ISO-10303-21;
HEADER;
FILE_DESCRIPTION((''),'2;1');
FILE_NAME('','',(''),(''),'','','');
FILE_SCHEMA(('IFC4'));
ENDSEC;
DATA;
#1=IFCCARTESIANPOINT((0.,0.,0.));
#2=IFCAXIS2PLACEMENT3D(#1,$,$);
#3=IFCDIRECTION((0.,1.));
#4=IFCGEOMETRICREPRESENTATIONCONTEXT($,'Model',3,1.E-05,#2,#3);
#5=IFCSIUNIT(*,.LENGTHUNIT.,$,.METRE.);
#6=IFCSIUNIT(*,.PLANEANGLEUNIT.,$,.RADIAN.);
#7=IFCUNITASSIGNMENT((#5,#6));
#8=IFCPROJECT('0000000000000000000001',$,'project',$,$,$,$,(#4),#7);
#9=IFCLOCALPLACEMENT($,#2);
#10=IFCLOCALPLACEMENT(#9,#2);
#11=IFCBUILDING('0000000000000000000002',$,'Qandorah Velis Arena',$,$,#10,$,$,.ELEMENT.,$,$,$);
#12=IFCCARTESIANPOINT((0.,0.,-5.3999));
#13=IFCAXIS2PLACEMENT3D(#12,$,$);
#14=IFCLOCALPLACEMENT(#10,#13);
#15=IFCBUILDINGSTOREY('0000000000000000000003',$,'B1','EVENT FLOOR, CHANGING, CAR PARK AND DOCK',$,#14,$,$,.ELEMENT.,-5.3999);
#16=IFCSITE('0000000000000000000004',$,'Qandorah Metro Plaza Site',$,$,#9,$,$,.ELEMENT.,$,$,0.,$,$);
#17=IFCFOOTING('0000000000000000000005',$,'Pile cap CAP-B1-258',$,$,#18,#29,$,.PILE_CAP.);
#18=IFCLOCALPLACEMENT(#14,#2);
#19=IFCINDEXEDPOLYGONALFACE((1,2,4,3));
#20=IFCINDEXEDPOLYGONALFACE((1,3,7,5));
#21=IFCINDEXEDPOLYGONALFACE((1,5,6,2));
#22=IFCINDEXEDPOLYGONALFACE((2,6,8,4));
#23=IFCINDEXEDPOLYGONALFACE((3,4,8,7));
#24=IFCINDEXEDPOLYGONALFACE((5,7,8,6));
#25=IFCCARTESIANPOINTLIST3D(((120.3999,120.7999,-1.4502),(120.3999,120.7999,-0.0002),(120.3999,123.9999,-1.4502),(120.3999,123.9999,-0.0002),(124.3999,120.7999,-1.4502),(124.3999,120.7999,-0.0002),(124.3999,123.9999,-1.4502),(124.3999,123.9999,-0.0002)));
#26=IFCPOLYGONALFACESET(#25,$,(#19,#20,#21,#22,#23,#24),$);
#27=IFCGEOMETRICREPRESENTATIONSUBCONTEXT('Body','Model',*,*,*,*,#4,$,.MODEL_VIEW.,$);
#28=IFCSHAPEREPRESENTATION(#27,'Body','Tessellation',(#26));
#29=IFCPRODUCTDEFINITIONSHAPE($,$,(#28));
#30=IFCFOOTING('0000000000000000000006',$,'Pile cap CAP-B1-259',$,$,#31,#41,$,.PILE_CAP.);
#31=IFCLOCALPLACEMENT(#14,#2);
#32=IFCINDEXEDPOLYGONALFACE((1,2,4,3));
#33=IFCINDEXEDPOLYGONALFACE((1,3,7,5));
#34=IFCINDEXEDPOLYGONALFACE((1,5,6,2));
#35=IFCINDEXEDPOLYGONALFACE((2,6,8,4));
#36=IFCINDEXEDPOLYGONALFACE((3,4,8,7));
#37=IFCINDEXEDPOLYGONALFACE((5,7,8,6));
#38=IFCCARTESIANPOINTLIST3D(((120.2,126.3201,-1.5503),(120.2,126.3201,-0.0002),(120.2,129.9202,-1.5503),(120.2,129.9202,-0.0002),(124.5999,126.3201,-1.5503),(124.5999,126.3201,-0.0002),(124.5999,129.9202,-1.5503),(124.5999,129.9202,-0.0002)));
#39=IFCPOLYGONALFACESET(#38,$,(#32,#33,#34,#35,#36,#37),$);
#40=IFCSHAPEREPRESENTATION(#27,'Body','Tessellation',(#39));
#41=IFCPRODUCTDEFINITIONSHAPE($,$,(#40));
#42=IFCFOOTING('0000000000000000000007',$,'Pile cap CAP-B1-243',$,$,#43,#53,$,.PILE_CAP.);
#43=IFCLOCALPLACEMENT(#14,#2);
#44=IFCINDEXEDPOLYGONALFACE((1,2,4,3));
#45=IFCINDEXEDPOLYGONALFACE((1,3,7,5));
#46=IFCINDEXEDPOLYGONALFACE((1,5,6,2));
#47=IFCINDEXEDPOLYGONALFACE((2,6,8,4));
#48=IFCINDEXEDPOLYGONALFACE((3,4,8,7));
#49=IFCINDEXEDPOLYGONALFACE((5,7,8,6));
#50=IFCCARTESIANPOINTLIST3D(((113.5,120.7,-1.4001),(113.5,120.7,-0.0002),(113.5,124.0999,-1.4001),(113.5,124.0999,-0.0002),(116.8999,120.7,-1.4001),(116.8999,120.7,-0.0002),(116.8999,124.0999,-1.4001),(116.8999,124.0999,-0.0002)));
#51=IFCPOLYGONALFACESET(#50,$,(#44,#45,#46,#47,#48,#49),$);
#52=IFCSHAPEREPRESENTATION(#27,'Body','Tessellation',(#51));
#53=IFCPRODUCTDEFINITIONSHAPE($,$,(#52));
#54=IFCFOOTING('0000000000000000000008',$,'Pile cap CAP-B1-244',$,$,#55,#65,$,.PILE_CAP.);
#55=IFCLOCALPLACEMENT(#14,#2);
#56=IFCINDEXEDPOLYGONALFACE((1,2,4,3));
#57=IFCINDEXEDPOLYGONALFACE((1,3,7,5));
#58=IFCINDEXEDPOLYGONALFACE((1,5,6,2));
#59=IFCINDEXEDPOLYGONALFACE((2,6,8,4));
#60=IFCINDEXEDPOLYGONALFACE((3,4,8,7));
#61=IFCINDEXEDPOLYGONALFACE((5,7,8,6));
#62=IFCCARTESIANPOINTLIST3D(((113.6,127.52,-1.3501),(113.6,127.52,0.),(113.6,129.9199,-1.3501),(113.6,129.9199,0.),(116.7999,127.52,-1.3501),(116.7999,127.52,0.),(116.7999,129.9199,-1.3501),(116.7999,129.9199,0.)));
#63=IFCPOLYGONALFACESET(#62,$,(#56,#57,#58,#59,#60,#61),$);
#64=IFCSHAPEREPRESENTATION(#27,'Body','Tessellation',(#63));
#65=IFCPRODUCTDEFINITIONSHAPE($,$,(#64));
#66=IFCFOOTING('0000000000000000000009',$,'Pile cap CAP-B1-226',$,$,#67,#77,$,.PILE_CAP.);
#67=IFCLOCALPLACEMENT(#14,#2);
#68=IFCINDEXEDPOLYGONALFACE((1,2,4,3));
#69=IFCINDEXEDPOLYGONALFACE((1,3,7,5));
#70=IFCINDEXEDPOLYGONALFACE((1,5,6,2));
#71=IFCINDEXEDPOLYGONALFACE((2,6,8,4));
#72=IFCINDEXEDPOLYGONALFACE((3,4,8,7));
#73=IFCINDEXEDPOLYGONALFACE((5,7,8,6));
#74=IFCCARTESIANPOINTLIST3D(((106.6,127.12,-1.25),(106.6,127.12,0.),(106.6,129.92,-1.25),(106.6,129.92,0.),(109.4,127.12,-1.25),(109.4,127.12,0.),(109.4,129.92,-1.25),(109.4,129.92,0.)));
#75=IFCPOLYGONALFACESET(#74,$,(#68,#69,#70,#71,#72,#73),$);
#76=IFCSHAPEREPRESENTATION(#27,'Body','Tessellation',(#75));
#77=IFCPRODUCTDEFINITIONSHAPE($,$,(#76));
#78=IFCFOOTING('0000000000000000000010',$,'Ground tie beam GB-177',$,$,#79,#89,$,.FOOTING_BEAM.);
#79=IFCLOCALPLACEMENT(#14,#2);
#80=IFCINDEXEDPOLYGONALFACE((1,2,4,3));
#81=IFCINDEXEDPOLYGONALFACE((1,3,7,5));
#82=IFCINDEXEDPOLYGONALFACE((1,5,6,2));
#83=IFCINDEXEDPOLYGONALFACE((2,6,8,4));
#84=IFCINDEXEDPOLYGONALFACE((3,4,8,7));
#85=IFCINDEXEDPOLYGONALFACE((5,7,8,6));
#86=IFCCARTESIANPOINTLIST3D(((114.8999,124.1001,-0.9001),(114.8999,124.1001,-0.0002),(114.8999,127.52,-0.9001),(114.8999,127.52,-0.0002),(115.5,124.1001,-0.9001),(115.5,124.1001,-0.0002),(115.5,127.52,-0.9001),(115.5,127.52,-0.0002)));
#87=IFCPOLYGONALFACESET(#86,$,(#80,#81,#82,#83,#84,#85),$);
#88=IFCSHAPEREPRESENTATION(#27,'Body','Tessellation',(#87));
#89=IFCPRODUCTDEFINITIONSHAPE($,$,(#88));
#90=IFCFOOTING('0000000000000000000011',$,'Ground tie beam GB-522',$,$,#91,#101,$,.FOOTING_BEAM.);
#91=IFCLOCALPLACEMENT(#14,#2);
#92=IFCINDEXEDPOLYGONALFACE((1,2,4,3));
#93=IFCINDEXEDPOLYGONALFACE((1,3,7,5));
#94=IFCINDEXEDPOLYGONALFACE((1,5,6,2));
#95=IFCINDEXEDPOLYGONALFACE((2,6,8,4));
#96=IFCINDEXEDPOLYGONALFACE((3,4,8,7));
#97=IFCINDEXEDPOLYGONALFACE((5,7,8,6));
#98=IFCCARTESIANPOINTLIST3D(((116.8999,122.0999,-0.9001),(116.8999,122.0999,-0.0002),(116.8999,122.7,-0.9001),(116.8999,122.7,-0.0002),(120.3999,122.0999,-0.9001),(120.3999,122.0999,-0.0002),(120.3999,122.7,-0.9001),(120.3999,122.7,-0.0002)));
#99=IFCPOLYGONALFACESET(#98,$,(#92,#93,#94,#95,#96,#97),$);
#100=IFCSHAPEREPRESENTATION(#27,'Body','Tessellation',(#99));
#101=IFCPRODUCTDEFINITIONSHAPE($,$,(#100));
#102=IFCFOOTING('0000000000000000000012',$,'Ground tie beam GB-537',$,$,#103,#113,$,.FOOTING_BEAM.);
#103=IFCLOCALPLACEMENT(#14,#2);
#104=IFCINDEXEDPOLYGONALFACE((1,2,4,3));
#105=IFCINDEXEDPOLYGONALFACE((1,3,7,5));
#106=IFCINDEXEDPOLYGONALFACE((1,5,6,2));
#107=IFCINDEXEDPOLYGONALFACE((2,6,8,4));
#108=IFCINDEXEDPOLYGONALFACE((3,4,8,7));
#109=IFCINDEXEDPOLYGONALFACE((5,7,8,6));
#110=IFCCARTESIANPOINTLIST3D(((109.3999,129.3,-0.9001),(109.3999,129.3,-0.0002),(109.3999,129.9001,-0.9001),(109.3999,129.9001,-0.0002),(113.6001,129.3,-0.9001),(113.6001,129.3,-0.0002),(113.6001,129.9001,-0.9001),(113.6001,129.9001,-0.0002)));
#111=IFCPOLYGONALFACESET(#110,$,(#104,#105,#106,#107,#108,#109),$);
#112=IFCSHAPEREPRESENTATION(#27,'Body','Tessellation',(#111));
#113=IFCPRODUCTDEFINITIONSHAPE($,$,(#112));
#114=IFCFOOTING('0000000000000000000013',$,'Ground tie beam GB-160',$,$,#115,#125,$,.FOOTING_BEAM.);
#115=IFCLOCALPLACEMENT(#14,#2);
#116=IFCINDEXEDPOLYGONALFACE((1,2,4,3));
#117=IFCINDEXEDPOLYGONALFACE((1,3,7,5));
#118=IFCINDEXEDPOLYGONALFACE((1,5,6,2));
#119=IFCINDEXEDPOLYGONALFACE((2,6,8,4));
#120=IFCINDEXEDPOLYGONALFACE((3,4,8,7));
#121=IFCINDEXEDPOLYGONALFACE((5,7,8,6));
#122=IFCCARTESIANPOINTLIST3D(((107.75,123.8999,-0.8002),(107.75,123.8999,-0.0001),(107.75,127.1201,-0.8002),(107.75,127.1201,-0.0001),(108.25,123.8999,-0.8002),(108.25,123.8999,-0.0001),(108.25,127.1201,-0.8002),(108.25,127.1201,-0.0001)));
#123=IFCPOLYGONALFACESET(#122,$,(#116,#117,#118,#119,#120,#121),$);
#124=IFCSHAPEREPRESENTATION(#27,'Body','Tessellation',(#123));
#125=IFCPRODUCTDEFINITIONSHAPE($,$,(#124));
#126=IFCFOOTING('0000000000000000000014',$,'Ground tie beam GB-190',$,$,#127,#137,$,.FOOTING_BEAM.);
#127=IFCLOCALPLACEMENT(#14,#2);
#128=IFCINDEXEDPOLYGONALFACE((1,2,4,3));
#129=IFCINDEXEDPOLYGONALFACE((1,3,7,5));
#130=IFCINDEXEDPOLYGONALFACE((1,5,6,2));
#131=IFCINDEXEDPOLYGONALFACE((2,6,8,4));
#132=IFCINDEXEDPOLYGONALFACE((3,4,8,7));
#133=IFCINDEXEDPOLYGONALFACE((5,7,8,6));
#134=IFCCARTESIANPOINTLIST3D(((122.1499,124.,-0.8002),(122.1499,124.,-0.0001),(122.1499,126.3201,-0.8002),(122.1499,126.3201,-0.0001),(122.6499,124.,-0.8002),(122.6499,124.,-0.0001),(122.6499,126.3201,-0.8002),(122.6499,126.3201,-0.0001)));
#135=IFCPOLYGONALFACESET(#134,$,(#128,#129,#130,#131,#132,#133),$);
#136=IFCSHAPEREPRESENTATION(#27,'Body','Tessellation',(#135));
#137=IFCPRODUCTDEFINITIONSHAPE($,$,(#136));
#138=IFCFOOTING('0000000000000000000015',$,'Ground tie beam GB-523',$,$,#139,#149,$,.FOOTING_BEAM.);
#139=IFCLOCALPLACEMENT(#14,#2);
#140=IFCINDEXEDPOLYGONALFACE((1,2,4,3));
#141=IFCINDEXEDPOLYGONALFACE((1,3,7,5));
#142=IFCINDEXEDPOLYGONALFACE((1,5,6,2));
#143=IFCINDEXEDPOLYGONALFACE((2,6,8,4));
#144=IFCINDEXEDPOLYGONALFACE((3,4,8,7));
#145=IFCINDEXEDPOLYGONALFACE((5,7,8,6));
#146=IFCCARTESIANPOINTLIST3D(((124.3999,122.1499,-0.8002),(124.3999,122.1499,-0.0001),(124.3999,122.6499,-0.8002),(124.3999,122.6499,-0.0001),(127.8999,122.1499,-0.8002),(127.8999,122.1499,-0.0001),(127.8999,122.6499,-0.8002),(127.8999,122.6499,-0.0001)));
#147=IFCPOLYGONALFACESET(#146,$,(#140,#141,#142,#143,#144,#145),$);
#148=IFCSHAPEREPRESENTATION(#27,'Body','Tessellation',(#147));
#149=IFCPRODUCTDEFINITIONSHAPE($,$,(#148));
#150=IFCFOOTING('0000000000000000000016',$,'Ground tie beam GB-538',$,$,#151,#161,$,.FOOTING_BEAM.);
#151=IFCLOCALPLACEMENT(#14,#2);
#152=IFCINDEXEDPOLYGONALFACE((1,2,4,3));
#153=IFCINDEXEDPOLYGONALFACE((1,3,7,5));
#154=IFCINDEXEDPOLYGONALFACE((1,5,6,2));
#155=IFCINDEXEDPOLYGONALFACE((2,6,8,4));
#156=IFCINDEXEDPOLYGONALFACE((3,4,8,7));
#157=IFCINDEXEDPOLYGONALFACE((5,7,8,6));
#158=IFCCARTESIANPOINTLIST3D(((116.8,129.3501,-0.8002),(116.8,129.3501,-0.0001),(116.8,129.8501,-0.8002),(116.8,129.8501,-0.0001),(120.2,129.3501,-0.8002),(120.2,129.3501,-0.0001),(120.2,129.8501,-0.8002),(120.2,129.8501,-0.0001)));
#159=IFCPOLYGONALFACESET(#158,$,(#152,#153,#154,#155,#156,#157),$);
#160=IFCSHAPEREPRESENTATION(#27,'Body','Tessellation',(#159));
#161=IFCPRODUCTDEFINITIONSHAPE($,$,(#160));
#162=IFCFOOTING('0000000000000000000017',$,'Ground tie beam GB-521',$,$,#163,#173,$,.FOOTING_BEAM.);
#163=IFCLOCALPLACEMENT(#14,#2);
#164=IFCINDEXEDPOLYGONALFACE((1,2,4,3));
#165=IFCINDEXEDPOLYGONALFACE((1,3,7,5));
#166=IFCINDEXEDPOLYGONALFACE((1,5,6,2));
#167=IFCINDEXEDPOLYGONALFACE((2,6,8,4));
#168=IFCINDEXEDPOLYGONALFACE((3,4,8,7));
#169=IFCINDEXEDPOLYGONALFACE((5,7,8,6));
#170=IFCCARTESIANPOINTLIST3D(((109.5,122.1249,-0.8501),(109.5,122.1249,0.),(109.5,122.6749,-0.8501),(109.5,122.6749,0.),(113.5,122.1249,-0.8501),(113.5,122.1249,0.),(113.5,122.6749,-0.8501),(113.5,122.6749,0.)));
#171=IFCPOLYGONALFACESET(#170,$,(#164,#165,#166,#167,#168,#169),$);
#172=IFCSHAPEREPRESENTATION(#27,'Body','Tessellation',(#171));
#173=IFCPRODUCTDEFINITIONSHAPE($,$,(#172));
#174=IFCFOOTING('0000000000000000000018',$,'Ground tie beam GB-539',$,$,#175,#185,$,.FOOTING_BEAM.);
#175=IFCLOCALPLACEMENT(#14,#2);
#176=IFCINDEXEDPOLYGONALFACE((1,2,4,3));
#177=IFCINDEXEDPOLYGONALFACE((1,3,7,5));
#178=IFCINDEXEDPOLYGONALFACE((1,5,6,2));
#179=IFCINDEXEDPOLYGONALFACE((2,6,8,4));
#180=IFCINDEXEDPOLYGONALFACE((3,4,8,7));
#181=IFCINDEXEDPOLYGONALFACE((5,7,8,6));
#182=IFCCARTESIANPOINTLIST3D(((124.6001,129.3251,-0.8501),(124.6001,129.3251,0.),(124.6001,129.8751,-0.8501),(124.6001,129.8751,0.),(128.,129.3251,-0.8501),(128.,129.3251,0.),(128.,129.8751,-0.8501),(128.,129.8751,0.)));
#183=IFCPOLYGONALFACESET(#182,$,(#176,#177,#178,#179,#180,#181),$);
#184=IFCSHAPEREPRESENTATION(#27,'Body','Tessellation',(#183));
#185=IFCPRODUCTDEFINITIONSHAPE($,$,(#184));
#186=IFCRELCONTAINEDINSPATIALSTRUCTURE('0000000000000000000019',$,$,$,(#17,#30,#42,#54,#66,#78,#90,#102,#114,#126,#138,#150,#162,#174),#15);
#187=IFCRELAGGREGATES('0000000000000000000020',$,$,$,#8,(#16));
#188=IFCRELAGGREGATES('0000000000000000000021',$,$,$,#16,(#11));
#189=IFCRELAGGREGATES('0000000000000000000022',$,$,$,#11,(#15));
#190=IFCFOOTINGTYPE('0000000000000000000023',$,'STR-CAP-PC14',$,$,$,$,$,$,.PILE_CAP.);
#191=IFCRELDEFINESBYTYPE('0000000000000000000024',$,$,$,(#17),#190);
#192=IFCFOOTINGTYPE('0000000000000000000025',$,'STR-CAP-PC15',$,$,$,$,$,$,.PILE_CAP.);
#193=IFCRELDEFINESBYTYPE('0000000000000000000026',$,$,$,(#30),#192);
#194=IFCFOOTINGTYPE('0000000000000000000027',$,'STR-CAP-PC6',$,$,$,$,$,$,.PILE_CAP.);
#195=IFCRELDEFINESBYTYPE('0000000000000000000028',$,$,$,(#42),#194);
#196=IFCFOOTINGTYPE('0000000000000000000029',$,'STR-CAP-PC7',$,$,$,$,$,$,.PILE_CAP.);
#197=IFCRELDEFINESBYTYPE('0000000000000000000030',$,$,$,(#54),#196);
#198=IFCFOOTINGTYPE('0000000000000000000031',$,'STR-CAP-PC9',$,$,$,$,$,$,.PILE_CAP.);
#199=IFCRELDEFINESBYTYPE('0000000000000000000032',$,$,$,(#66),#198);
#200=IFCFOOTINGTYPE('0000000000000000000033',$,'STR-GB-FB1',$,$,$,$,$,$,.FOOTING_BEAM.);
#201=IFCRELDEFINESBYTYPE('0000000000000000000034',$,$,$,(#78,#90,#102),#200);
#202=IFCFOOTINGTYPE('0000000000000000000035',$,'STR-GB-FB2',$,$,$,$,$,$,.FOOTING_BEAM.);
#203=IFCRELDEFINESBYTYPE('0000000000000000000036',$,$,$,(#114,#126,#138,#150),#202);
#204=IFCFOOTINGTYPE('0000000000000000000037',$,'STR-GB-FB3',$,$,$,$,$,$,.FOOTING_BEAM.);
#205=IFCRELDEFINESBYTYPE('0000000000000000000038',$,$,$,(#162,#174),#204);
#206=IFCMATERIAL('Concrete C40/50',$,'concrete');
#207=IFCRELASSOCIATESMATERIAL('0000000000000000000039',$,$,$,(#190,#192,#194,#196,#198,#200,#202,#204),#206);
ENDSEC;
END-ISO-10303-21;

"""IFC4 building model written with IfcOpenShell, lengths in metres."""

from ifc_helpers import new_model, si_unit, direction, frame, origin, origin_2d, place, context, subcontext, project, spatial, rectangle, extrude, material, material_profile, profile_set, type_object, element, save


model = new_model("IFC4")

# Units and contexts
model_context = context("Model", 3, precision=1e-05, world=origin(), true_north=direction((0.0, 1.0)))
body_context = subcontext(model_context, "Body", "Model", "MODEL_VIEW")
ifc_project = project(units=[si_unit("LENGTHUNIT", "METRE"), si_unit("PLANEANGLEUNIT", "RADIAN")], contexts=[model_context])

# Site, building, storey
site_placement = place(None, origin())
site = spatial("IfcSite", under=ifc_project, at=site_placement, Name="Qandorah Metro Plaza Site", CompositionType="ELEMENT", RefElevation=0.0)
building_placement = place(site_placement, origin())
building = spatial("IfcBuilding", under=site, at=building_placement, Name="Qandorah Velis Arena", CompositionType="ELEMENT")
storey_placement = place(building_placement, frame((0.0, 0.0, -5.3999)))
storey = spatial("IfcBuildingStorey", under=building, at=storey_placement, Name="B1", Description="EVENT FLOOR, CHANGING, CAR PARK AND DOCK", CompositionType="ELEMENT", Elevation=-5.3999)

# Footings
ifc_material_1 = material(Name="Concrete C40/50", Category="concrete")
footing_type_1 = type_object("IfcFootingType", Name="STR-CAP-PC14", PredefinedType="PILE_CAP", material=ifc_material_1)
footing_1_placement = place(storey_placement, frame((122.3999, 122.3999, -1.4502), z_axis=(0.0, 0.0, 1.0), x_axis=(1.0, 0.0, 0.0)))
element("IfcFooting", 1, at=footing_1_placement, inside=storey, type_object=footing_type_1, Name="Pile cap CAP-B1-258", PredefinedType="PILE_CAP", context=body_context, shape_type="SweptSolid", body=[
    extrude(rectangle(XDim=4.0, YDim=3.2, at=origin_2d()), origin(), (0.0, 0.0, 1.0), 1.45),
])
footing_type_2 = type_object("IfcFootingType", Name="STR-CAP-PC15", PredefinedType="PILE_CAP", material=ifc_material_1)
footing_2_placement = place(storey_placement, frame((122.3999, 128.1201, -1.5503), z_axis=(0.0, 0.0, 1.0), x_axis=(1.0, 0.0, 0.0)))
element("IfcFooting", 2, at=footing_2_placement, inside=storey, type_object=footing_type_2, Name="Pile cap CAP-B1-259", PredefinedType="PILE_CAP", context=body_context, shape_type="SweptSolid", body=[
    extrude(rectangle(XDim=4.3999, YDim=3.6001, at=origin_2d()), origin(), (0.0, 0.0, 1.0), 1.55),
])
footing_type_3 = type_object("IfcFootingType", Name="STR-CAP-PC6", PredefinedType="PILE_CAP", material=ifc_material_1)
footing_3_placement = place(storey_placement, frame((115.2, 122.3999, -1.4001), z_axis=(0.0, 0.0, 1.0), x_axis=(1.0, 0.0, 0.0)))
element("IfcFooting", 3, at=footing_3_placement, inside=storey, type_object=footing_type_3, Name="Pile cap CAP-B1-243", PredefinedType="PILE_CAP", context=body_context, shape_type="SweptSolid", body=[
    extrude(rectangle(XDim=3.3999, YDim=3.3999, at=origin_2d()), origin(), (0.0, 0.0, 1.0), 1.3999),
])
footing_type_4 = type_object("IfcFootingType", Name="STR-CAP-PC7", PredefinedType="PILE_CAP", material=ifc_material_1)
footing_4_placement = place(storey_placement, frame((115.2, 128.72, -1.3501), z_axis=(0.0, 0.0, 1.0), x_axis=(1.0, 0.0, 0.0)))
element("IfcFooting", 4, at=footing_4_placement, inside=storey, type_object=footing_type_4, Name="Pile cap CAP-B1-244", PredefinedType="PILE_CAP", context=body_context, shape_type="SweptSolid", body=[
    extrude(rectangle(XDim=3.2, YDim=2.3999, at=origin_2d()), origin(), (0.0, 0.0, 1.0), 1.3501),
])
footing_type_5 = type_object("IfcFootingType", Name="STR-CAP-PC9", PredefinedType="PILE_CAP", material=ifc_material_1)
footing_5_placement = place(storey_placement, frame((108.0, 128.52, -1.25), z_axis=(0.0, 0.0, 1.0), x_axis=(1.0, 0.0, 0.0)))
element("IfcFooting", 5, at=footing_5_placement, inside=storey, type_object=footing_type_5, Name="Pile cap CAP-B1-226", PredefinedType="PILE_CAP", context=body_context, shape_type="SweptSolid", body=[
    extrude(rectangle(XDim=2.8, YDim=2.8, at=origin_2d()), origin(), (0.0, 0.0, 1.0), 1.25),
])
ifc_material_profile_1 = material_profile(ifc_material_1, rectangle(XDim=0.6001, YDim=0.8999, at=origin_2d()), Name="GB1 600x900")
ifc_profile_set_1 = profile_set([ifc_material_profile_1], Name="Concrete C40/50")
footing_type_6 = type_object("IfcFootingType", Name="STR-GB-FB1", PredefinedType="FOOTING_BEAM", material=ifc_profile_set_1)
footing_6_placement = place(storey_placement, frame((115.2, 124.1001, -0.4502), z_axis=(0.0, 1.0, 0.0), x_axis=(-1.0, 0.0, 0.0)))
element("IfcFooting", 6, at=footing_6_placement, inside=storey, type_object=footing_type_6, Name="Ground tie beam GB-177", PredefinedType="FOOTING_BEAM", context=body_context, shape_type="SweptSolid", body=[
    extrude(rectangle(XDim=0.6001, YDim=0.8999, at=origin_2d()), origin(), (0.0, 0.0, 1.0), 3.4199),
])
footing_7_placement = place(storey_placement, frame((116.8999, 122.3999, -0.4502), z_axis=(1.0, 0.0, 0.0), x_axis=(0.0, 1.0, 0.0)))
element("IfcFooting", 7, at=footing_7_placement, inside=storey, type_object=footing_type_6, Name="Ground tie beam GB-522", PredefinedType="FOOTING_BEAM", context=body_context, shape_type="SweptSolid", body=[
    extrude(rectangle(XDim=0.6001, YDim=0.8999, at=origin_2d()), origin(), (0.0, 0.0, 1.0), 3.5),
])
footing_8_placement = place(storey_placement, frame((109.3999, 129.6001, -0.4502), z_axis=(1.0, 0.0, 0.0), x_axis=(0.0, 1.0, 0.0)))
element("IfcFooting", 8, at=footing_8_placement, inside=storey, type_object=footing_type_6, Name="Ground tie beam GB-537", PredefinedType="FOOTING_BEAM", context=body_context, shape_type="SweptSolid", body=[
    extrude(rectangle(XDim=0.6001, YDim=0.8999, at=origin_2d()), origin(), (0.0, 0.0, 1.0), 4.2002),
])
ifc_material_profile_2 = material_profile(ifc_material_1, rectangle(XDim=0.5, YDim=0.8, at=origin_2d()), Name="GB2 500x800")
ifc_profile_set_2 = profile_set([ifc_material_profile_2], Name="Concrete C40/50")
footing_type_7 = type_object("IfcFootingType", Name="STR-GB-FB2", PredefinedType="FOOTING_BEAM", material=ifc_profile_set_2)
footing_9_placement = place(storey_placement, frame((108.0, 123.8999, -0.4001), z_axis=(0.0, 1.0, 0.0), x_axis=(-1.0, 0.0, 0.0)))
element("IfcFooting", 9, at=footing_9_placement, inside=storey, type_object=footing_type_7, Name="Ground tie beam GB-160", PredefinedType="FOOTING_BEAM", context=body_context, shape_type="SweptSolid", body=[
    extrude(rectangle(XDim=0.5, YDim=0.8, at=origin_2d()), origin(), (0.0, 0.0, 1.0), 3.2202),
])
footing_10_placement = place(storey_placement, frame((122.3999, 124.0, -0.4001), z_axis=(0.0, 1.0, 0.0), x_axis=(-1.0, 0.0, 0.0)))
element("IfcFooting", 10, at=footing_10_placement, inside=storey, type_object=footing_type_7, Name="Ground tie beam GB-190", PredefinedType="FOOTING_BEAM", context=body_context, shape_type="SweptSolid", body=[
    extrude(rectangle(XDim=0.5, YDim=0.8, at=origin_2d()), origin(), (0.0, 0.0, 1.0), 2.3201),
])
footing_11_placement = place(storey_placement, frame((124.3999, 122.3999, -0.4001), z_axis=(1.0, 0.0, 0.0), x_axis=(0.0, 1.0, 0.0)))
element("IfcFooting", 11, at=footing_11_placement, inside=storey, type_object=footing_type_7, Name="Ground tie beam GB-523", PredefinedType="FOOTING_BEAM", context=body_context, shape_type="SweptSolid", body=[
    extrude(rectangle(XDim=0.5, YDim=0.8, at=origin_2d()), origin(), (0.0, 0.0, 1.0), 3.5),
])
footing_12_placement = place(storey_placement, frame((116.8, 129.6001, -0.4001), z_axis=(1.0, 0.0, 0.0), x_axis=(0.0, 1.0, 0.0)))
element("IfcFooting", 12, at=footing_12_placement, inside=storey, type_object=footing_type_7, Name="Ground tie beam GB-538", PredefinedType="FOOTING_BEAM", context=body_context, shape_type="SweptSolid", body=[
    extrude(rectangle(XDim=0.5, YDim=0.8, at=origin_2d()), origin(), (0.0, 0.0, 1.0), 3.3999),
])
ifc_material_profile_3 = material_profile(ifc_material_1, rectangle(XDim=0.55, YDim=0.8501, at=origin_2d()), Name="GB3 550x850")
ifc_profile_set_3 = profile_set([ifc_material_profile_3], Name="Concrete C40/50")
footing_type_8 = type_object("IfcFootingType", Name="STR-GB-FB3", PredefinedType="FOOTING_BEAM", material=ifc_profile_set_3)
footing_13_placement = place(storey_placement, frame((109.5, 122.3999, -0.425), z_axis=(1.0, 0.0, 0.0), x_axis=(0.0, 1.0, 0.0)))
element("IfcFooting", 13, at=footing_13_placement, inside=storey, type_object=footing_type_8, Name="Ground tie beam GB-521", PredefinedType="FOOTING_BEAM", context=body_context, shape_type="SweptSolid", body=[
    extrude(rectangle(XDim=0.55, YDim=0.8501, at=origin_2d()), origin(), (0.0, 0.0, 1.0), 4.0),
])
footing_14_placement = place(storey_placement, frame((124.6001, 129.6001, -0.425), z_axis=(1.0, 0.0, 0.0), x_axis=(0.0, 1.0, 0.0)))
element("IfcFooting", 14, at=footing_14_placement, inside=storey, type_object=footing_type_8, Name="Ground tie beam GB-539", PredefinedType="FOOTING_BEAM", context=body_context, shape_type="SweptSolid", body=[
    extrude(rectangle(XDim=0.55, YDim=0.8501, at=origin_2d()), origin(), (0.0, 0.0, 1.0), 3.3999),
])

save(model, "model.ifc")
